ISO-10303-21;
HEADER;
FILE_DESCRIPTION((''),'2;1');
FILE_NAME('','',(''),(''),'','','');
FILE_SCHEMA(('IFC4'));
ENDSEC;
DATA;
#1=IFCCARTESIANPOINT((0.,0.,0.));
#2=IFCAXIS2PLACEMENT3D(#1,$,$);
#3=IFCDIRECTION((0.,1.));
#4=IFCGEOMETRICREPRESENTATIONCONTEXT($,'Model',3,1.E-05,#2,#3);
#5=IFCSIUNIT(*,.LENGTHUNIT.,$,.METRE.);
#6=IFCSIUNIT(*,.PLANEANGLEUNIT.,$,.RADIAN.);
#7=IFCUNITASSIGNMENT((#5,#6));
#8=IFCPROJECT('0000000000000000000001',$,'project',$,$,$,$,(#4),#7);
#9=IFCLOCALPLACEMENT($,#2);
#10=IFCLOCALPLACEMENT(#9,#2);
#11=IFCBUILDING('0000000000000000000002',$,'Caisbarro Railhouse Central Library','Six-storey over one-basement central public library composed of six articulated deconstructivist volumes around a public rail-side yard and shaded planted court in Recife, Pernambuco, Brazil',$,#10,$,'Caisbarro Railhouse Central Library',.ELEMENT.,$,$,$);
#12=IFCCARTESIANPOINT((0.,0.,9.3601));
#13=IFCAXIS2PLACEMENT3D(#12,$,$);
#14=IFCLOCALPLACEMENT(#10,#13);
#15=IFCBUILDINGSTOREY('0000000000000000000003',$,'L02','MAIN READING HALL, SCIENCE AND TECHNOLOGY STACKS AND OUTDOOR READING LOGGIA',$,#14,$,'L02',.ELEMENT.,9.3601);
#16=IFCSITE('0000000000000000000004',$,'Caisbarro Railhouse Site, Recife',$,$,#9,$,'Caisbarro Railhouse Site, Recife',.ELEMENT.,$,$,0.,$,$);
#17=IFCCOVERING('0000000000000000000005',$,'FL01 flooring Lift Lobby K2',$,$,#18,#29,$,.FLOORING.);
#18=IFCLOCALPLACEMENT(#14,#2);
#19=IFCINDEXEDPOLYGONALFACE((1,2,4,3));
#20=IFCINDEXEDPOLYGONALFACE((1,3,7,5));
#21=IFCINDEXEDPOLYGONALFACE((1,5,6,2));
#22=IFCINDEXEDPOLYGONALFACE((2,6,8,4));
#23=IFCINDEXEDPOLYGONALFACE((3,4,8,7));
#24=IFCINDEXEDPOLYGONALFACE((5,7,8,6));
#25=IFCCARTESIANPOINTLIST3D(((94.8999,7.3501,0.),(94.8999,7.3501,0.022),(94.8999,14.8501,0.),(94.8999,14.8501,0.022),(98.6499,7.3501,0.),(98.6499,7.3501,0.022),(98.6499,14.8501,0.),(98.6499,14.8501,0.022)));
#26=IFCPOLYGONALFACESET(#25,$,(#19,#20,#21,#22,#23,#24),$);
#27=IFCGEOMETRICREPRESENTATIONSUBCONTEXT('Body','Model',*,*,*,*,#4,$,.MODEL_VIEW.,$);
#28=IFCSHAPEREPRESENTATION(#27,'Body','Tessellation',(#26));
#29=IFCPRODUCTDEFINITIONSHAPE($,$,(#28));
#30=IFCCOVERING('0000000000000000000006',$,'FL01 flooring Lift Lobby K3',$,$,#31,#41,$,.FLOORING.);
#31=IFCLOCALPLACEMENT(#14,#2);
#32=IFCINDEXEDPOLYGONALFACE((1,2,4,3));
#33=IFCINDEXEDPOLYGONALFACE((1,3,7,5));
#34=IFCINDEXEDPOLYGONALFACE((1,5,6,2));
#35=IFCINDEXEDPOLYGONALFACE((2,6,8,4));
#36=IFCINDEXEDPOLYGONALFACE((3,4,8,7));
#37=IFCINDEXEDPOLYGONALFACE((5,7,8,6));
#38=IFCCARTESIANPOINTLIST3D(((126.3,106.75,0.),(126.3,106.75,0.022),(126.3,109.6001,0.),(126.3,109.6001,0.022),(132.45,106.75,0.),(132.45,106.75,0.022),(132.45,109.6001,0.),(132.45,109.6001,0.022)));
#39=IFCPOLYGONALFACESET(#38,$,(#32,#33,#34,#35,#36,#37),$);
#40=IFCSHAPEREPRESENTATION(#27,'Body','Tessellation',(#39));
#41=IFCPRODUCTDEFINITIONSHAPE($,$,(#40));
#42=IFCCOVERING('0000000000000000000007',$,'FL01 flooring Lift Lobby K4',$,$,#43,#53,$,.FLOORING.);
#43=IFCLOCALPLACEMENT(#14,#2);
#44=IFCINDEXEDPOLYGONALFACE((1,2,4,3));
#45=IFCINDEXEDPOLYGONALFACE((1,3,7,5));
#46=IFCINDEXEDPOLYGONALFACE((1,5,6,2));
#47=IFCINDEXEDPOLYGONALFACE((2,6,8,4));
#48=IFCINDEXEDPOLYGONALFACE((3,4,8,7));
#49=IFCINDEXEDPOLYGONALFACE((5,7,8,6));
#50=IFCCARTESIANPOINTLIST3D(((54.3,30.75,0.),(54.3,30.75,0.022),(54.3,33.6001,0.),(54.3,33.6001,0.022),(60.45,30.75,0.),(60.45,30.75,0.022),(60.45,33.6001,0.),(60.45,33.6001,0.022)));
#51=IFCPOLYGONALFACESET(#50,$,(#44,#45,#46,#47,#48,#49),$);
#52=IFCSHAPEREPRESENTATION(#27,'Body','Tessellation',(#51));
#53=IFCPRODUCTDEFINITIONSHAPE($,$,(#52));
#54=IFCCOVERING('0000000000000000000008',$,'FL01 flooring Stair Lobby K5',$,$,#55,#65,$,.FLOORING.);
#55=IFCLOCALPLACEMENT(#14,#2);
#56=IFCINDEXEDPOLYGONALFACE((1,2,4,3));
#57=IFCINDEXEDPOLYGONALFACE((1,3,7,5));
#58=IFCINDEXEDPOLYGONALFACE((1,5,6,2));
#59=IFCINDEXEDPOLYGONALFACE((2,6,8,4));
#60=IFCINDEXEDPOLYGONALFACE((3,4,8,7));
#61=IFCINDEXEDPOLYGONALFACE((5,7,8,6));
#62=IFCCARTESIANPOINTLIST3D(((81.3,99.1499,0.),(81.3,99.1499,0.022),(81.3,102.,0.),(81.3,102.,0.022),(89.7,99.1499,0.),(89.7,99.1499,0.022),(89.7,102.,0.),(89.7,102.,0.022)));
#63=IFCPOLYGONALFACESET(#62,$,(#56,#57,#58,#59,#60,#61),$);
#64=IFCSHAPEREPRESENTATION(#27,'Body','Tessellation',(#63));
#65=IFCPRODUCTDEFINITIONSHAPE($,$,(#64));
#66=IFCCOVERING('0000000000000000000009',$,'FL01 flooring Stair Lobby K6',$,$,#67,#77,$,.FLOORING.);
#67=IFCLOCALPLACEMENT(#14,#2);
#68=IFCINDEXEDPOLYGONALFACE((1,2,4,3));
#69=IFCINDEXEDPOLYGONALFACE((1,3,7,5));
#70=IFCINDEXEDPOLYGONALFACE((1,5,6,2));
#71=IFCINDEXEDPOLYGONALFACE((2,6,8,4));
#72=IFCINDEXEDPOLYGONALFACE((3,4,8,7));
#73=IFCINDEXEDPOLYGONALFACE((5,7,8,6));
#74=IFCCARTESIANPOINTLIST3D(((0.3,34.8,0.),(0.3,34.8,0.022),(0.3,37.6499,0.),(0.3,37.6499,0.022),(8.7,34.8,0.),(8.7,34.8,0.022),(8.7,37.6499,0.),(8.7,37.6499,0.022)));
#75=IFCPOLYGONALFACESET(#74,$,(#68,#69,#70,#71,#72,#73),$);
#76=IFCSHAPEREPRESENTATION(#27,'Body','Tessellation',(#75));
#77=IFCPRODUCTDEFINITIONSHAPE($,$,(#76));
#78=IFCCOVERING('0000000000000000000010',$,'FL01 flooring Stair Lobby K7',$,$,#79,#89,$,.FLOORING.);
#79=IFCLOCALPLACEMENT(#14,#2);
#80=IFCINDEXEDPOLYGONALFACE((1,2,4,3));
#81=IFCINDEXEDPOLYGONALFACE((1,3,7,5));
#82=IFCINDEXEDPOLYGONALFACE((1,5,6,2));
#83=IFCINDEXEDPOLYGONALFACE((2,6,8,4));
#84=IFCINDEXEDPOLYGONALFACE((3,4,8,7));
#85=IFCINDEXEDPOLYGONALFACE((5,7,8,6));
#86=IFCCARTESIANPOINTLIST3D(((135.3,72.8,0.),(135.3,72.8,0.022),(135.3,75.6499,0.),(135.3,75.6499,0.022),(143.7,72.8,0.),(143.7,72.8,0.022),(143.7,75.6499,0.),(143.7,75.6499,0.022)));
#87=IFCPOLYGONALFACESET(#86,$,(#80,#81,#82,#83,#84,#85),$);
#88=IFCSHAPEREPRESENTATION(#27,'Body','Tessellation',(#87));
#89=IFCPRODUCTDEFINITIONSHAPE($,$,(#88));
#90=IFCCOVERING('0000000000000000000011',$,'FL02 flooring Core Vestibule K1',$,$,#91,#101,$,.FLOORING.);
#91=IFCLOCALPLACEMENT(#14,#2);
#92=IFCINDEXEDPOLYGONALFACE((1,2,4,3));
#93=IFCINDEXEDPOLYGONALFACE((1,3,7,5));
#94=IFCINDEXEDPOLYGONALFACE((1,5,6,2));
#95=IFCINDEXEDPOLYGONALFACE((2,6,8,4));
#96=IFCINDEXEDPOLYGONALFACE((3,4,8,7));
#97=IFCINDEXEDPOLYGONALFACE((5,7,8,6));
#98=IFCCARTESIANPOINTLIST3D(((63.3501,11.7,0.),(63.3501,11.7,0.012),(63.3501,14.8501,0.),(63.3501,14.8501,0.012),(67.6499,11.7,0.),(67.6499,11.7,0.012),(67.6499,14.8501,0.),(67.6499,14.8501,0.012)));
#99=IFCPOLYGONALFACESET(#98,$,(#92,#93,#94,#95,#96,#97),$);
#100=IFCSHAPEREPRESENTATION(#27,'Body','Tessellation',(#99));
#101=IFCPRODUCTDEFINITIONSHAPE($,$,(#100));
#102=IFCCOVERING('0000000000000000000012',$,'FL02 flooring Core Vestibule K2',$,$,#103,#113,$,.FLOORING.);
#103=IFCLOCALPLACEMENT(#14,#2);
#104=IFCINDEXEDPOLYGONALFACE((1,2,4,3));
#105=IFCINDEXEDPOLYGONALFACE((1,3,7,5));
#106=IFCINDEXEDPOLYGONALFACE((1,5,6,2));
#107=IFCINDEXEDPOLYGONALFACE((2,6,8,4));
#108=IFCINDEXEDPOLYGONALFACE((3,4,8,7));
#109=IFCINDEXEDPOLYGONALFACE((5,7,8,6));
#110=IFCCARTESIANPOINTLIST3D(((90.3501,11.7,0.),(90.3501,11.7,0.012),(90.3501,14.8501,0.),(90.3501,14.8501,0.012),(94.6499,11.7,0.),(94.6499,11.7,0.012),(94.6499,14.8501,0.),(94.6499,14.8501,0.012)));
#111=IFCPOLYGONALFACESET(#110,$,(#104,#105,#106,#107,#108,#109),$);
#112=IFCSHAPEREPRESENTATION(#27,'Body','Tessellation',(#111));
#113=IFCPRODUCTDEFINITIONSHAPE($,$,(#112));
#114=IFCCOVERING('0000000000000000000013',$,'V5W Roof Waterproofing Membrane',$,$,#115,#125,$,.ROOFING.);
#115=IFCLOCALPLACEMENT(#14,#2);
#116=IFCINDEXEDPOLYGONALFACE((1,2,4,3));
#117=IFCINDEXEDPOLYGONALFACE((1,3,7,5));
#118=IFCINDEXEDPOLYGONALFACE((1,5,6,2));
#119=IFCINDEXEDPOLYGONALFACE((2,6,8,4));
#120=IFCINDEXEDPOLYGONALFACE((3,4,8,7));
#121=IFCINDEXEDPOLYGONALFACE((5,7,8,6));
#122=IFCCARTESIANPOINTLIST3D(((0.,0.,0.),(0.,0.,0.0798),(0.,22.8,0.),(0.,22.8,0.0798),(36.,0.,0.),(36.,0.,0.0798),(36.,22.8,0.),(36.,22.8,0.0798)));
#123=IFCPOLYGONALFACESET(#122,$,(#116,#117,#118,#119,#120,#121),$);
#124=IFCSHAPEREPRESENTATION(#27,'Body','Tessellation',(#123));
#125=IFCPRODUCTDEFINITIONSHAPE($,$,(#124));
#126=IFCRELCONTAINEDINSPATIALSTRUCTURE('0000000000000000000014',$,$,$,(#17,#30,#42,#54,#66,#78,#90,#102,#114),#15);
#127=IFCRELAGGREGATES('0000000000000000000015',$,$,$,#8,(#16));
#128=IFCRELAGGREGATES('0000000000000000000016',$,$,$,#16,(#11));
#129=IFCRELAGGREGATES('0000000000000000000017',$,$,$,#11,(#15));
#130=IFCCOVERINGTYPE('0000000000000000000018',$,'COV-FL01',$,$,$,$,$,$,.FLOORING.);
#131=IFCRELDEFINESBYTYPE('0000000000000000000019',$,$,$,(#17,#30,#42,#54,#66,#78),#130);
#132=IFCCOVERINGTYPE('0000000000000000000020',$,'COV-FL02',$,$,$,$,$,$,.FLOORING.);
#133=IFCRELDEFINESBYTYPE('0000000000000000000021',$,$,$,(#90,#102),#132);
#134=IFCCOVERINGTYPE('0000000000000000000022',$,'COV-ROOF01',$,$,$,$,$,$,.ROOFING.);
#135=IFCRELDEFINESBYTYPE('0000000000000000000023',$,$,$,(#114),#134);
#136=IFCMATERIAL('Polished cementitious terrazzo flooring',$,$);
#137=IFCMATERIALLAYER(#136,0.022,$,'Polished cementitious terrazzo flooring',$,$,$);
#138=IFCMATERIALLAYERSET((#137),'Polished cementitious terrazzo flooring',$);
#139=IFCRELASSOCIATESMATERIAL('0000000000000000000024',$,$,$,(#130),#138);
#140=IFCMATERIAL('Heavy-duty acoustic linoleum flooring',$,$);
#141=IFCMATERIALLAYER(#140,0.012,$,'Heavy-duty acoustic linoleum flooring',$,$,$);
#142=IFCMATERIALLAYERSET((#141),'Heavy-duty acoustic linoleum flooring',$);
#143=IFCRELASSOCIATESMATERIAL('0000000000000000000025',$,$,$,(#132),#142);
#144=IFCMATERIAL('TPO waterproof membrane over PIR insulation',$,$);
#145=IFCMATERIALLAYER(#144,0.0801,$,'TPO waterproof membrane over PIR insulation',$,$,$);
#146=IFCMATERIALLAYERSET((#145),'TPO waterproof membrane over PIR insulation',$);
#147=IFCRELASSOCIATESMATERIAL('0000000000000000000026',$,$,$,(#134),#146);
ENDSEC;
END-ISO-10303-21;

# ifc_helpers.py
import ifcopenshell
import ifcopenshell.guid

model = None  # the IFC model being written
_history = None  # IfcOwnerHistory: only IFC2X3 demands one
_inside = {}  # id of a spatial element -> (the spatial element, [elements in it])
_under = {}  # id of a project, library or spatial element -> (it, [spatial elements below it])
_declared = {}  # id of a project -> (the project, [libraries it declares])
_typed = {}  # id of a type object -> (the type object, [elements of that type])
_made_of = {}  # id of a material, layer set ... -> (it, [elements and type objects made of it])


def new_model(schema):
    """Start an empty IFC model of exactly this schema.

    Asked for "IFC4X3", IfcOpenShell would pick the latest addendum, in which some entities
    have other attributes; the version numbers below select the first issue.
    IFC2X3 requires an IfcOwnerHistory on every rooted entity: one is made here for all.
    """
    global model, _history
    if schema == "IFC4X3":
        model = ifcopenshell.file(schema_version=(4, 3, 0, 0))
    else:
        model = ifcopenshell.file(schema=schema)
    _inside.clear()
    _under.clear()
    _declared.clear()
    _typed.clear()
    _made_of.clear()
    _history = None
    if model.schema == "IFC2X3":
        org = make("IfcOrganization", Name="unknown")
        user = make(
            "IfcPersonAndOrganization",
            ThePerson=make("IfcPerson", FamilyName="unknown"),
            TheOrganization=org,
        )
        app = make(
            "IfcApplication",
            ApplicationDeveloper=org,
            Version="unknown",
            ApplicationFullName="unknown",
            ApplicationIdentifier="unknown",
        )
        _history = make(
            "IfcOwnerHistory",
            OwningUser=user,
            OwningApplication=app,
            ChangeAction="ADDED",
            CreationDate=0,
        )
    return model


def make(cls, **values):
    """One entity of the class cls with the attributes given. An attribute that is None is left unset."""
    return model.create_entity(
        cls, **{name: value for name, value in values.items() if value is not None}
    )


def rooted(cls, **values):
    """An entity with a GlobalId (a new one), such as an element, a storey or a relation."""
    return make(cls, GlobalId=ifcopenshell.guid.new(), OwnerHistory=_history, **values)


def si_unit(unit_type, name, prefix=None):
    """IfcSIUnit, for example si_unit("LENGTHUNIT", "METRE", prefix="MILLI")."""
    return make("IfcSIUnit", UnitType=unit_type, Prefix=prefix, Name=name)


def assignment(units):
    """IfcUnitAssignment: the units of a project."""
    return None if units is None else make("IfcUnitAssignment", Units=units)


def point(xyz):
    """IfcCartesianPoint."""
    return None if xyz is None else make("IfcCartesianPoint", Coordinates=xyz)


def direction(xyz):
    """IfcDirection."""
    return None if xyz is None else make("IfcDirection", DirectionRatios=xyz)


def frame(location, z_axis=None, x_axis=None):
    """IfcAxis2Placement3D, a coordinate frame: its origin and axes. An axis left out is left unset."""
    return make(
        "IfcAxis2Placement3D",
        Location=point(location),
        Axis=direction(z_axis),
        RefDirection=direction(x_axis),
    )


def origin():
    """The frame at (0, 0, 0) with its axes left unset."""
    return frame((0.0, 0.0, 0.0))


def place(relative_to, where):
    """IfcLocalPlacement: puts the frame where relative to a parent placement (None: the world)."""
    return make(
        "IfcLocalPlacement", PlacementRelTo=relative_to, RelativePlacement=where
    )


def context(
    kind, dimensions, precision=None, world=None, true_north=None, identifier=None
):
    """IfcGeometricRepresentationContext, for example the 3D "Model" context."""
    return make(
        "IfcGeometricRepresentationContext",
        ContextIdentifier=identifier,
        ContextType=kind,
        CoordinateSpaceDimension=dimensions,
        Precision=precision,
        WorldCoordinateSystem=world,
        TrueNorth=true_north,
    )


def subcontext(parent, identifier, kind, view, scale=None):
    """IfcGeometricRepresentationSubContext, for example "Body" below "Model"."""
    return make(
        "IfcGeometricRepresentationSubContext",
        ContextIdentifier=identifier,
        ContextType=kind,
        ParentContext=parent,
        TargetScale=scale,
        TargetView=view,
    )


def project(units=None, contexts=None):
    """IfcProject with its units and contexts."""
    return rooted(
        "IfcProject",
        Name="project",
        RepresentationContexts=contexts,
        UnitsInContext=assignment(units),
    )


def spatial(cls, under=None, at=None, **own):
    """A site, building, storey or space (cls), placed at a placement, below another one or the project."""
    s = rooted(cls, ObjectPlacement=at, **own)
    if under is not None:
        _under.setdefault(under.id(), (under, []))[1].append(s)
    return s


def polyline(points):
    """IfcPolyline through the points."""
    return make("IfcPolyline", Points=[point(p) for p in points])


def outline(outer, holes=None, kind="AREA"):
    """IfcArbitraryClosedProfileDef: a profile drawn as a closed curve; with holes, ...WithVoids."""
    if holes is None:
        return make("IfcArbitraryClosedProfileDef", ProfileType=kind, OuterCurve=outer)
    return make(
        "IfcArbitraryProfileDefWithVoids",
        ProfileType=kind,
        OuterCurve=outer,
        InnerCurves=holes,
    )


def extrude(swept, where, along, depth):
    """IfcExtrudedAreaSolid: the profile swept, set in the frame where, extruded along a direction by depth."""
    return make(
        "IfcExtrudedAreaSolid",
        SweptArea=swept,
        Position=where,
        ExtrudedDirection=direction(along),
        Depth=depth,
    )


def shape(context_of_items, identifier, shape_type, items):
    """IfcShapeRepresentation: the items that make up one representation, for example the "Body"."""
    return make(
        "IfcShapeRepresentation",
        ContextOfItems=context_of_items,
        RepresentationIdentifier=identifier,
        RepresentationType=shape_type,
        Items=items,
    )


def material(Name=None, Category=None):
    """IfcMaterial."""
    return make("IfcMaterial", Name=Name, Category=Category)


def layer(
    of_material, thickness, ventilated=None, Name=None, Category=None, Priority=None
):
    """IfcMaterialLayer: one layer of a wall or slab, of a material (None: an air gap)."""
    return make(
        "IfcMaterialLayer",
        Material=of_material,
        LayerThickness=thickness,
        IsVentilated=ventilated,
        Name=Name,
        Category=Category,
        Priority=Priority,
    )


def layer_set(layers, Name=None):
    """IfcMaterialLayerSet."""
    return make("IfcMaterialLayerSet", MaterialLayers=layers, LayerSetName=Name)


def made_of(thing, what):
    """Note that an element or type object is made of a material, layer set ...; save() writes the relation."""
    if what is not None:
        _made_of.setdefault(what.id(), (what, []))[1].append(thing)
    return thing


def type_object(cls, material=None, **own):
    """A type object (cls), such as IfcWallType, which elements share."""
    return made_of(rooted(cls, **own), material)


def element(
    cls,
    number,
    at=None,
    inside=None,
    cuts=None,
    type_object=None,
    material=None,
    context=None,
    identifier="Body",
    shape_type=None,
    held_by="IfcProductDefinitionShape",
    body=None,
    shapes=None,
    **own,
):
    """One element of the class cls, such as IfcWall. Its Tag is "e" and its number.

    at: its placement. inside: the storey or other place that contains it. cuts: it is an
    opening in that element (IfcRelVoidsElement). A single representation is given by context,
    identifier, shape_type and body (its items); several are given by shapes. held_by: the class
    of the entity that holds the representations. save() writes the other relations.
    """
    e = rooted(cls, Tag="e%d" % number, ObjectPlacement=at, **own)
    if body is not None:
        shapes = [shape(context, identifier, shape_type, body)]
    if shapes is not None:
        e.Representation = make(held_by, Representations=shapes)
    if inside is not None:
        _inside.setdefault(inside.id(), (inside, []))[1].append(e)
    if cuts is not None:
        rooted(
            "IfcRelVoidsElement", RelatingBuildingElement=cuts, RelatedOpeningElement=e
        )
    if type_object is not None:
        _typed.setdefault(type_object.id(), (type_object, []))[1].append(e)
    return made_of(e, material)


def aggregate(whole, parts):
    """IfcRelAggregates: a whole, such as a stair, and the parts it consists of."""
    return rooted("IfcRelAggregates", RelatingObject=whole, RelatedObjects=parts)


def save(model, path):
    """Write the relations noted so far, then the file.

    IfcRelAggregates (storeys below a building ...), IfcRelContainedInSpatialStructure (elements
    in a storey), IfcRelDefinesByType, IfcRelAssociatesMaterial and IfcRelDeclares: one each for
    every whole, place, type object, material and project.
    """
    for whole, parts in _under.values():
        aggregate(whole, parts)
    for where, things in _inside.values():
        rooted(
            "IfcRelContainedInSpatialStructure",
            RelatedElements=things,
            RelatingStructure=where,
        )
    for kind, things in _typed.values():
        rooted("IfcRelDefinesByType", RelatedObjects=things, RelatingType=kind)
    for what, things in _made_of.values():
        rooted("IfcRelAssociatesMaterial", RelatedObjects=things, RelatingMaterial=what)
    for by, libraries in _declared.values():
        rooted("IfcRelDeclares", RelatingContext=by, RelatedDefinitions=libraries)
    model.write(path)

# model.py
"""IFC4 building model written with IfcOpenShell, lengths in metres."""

from ifc_helpers import new_model, si_unit, direction, frame, origin, place, context, subcontext, project, spatial, polyline, outline, extrude, material, layer, layer_set, type_object, element, save


model = new_model("IFC4")

# Units and contexts
model_context = context("Model", 3, precision=1e-05, world=origin(), true_north=direction((0.0, 1.0)))
body_context = subcontext(model_context, "Body", "Model", "MODEL_VIEW")
ifc_project = project(units=[si_unit("LENGTHUNIT", "METRE"), si_unit("PLANEANGLEUNIT", "RADIAN")], contexts=[model_context])

# Site, building, storey
site_placement = place(None, origin())
site = spatial("IfcSite", under=ifc_project, at=site_placement, Name="Caisbarro Railhouse Site, Recife", LongName="Caisbarro Railhouse Site, Recife", CompositionType="ELEMENT", RefElevation=0.0)
building_placement = place(site_placement, origin())
building = spatial("IfcBuilding", under=site, at=building_placement, Name="Caisbarro Railhouse Central Library", Description="Six-storey over one-basement central public library composed of six articulated deconstructivist volumes around a public rail-side yard and shaded planted court in Recife, Pernambuco, Brazil", LongName="Caisbarro Railhouse Central Library", CompositionType="ELEMENT")
storey_placement = place(building_placement, frame((0.0, 0.0, 9.3601)))
storey = spatial("IfcBuildingStorey", under=building, at=storey_placement, Name="L02", Description="MAIN READING HALL, SCIENCE AND TECHNOLOGY STACKS AND OUTDOOR READING LOGGIA", LongName="L02", CompositionType="ELEMENT", Elevation=9.3601)

# Coverings
ifc_material_1 = material(Name="Polished cementitious terrazzo flooring")
ifc_layer_1 = layer(ifc_material_1, 0.022, Name="Polished cementitious terrazzo flooring")
ifc_layer_set_1 = layer_set([ifc_layer_1], Name="Polished cementitious terrazzo flooring")
covering_type_1 = type_object("IfcCoveringType", Name="COV-FL01", PredefinedType="FLOORING", material=ifc_layer_set_1)
covering_1_placement = place(storey_placement, origin())
element("IfcCovering", 1, at=covering_1_placement, inside=storey, type_object=covering_type_1, Name="FL01 flooring Lift Lobby K2", PredefinedType="FLOORING", context=body_context, shape_type="SweptSolid", body=[
    extrude(outline(polyline([(94.8999, 7.3501), (98.6499, 7.3501), (98.6499, 14.8501), (94.8999, 14.8501), (94.8999, 7.3501)])), origin(), (0.0, 0.0, 1.0), 0.022),
])
covering_2_placement = place(storey_placement, origin())
element("IfcCovering", 2, at=covering_2_placement, inside=storey, type_object=covering_type_1, Name="FL01 flooring Lift Lobby K3", PredefinedType="FLOORING", context=body_context, shape_type="SweptSolid", body=[
    extrude(outline(polyline([(126.3, 106.75), (132.45, 106.75), (132.45, 109.6001), (126.3, 109.6001), (126.3, 106.75)])), origin(), (0.0, 0.0, 1.0), 0.022),
])
covering_3_placement = place(storey_placement, origin())
element("IfcCovering", 3, at=covering_3_placement, inside=storey, type_object=covering_type_1, Name="FL01 flooring Lift Lobby K4", PredefinedType="FLOORING", context=body_context, shape_type="SweptSolid", body=[
    extrude(outline(polyline([(54.3, 30.75), (60.45, 30.75), (60.45, 33.6001), (54.3, 33.6001), (54.3, 30.75)])), origin(), (0.0, 0.0, 1.0), 0.022),
])
covering_4_placement = place(storey_placement, origin())
element("IfcCovering", 4, at=covering_4_placement, inside=storey, type_object=covering_type_1, Name="FL01 flooring Stair Lobby K5", PredefinedType="FLOORING", context=body_context, shape_type="SweptSolid", body=[
    extrude(outline(polyline([(81.3, 99.1499), (89.7, 99.1499), (89.7, 102.0), (81.3, 102.0), (81.3, 99.1499)])), origin(), (0.0, 0.0, 1.0), 0.022),
])
covering_5_placement = place(storey_placement, origin())
element("IfcCovering", 5, at=covering_5_placement, inside=storey, type_object=covering_type_1, Name="FL01 flooring Stair Lobby K6", PredefinedType="FLOORING", context=body_context, shape_type="SweptSolid", body=[
    extrude(outline(polyline([(0.3, 34.8), (8.7, 34.8), (8.7, 37.6499), (0.3, 37.6499), (0.3, 34.8)])), origin(), (0.0, 0.0, 1.0), 0.022),
])
covering_6_placement = place(storey_placement, origin())
element("IfcCovering", 6, at=covering_6_placement, inside=storey, type_object=covering_type_1, Name="FL01 flooring Stair Lobby K7", PredefinedType="FLOORING", context=body_context, shape_type="SweptSolid", body=[
    extrude(outline(polyline([(135.3, 72.8), (143.7, 72.8), (143.7, 75.6499), (135.3, 75.6499), (135.3, 72.8)])), origin(), (0.0, 0.0, 1.0), 0.022),
])
ifc_material_2 = material(Name="Heavy-duty acoustic linoleum flooring")
ifc_layer_2 = layer(ifc_material_2, 0.012, Name="Heavy-duty acoustic linoleum flooring")
ifc_layer_set_2 = layer_set([ifc_layer_2], Name="Heavy-duty acoustic linoleum flooring")
covering_type_2 = type_object("IfcCoveringType", Name="COV-FL02", PredefinedType="FLOORING", material=ifc_layer_set_2)
covering_7_placement = place(storey_placement, origin())
element("IfcCovering", 7, at=covering_7_placement, inside=storey, type_object=covering_type_2, Name="FL02 flooring Core Vestibule K1", PredefinedType="FLOORING", context=body_context, shape_type="SweptSolid", body=[
    extrude(outline(polyline([(63.3501, 11.7), (67.6499, 11.7), (67.6499, 14.8501), (63.3501, 14.8501), (63.3501, 11.7)])), origin(), (0.0, 0.0, 1.0), 0.012),
])
covering_8_placement = place(storey_placement, origin())
element("IfcCovering", 8, at=covering_8_placement, inside=storey, type_object=covering_type_2, Name="FL02 flooring Core Vestibule K2", PredefinedType="FLOORING", context=body_context, shape_type="SweptSolid", body=[
    extrude(outline(polyline([(90.3501, 11.7), (94.6499, 11.7), (94.6499, 14.8501), (90.3501, 14.8501), (90.3501, 11.7)])), origin(), (0.0, 0.0, 1.0), 0.012),
])
ifc_material_3 = material(Name="TPO waterproof membrane over PIR insulation")
ifc_layer_3 = layer(ifc_material_3, 0.0801, Name="TPO waterproof membrane over PIR insulation")
ifc_layer_set_3 = layer_set([ifc_layer_3], Name="TPO waterproof membrane over PIR insulation")
covering_type_3 = type_object("IfcCoveringType", Name="COV-ROOF01", PredefinedType="ROOFING", material=ifc_layer_set_3)
covering_9_placement = place(storey_placement, origin())
element("IfcCovering", 9, at=covering_9_placement, inside=storey, type_object=covering_type_3, Name="V5W Roof Waterproofing Membrane", PredefinedType="ROOFING", context=body_context, shape_type="SweptSolid", body=[
    extrude(outline(polyline([(0.0, 0.0), (36.0, 0.0), (36.0, 22.8), (0.0, 22.8), (0.0, 0.0)])), origin(), (0.0, 0.0, 1.0), 0.0798),
])

save(model, "model.ifc")
